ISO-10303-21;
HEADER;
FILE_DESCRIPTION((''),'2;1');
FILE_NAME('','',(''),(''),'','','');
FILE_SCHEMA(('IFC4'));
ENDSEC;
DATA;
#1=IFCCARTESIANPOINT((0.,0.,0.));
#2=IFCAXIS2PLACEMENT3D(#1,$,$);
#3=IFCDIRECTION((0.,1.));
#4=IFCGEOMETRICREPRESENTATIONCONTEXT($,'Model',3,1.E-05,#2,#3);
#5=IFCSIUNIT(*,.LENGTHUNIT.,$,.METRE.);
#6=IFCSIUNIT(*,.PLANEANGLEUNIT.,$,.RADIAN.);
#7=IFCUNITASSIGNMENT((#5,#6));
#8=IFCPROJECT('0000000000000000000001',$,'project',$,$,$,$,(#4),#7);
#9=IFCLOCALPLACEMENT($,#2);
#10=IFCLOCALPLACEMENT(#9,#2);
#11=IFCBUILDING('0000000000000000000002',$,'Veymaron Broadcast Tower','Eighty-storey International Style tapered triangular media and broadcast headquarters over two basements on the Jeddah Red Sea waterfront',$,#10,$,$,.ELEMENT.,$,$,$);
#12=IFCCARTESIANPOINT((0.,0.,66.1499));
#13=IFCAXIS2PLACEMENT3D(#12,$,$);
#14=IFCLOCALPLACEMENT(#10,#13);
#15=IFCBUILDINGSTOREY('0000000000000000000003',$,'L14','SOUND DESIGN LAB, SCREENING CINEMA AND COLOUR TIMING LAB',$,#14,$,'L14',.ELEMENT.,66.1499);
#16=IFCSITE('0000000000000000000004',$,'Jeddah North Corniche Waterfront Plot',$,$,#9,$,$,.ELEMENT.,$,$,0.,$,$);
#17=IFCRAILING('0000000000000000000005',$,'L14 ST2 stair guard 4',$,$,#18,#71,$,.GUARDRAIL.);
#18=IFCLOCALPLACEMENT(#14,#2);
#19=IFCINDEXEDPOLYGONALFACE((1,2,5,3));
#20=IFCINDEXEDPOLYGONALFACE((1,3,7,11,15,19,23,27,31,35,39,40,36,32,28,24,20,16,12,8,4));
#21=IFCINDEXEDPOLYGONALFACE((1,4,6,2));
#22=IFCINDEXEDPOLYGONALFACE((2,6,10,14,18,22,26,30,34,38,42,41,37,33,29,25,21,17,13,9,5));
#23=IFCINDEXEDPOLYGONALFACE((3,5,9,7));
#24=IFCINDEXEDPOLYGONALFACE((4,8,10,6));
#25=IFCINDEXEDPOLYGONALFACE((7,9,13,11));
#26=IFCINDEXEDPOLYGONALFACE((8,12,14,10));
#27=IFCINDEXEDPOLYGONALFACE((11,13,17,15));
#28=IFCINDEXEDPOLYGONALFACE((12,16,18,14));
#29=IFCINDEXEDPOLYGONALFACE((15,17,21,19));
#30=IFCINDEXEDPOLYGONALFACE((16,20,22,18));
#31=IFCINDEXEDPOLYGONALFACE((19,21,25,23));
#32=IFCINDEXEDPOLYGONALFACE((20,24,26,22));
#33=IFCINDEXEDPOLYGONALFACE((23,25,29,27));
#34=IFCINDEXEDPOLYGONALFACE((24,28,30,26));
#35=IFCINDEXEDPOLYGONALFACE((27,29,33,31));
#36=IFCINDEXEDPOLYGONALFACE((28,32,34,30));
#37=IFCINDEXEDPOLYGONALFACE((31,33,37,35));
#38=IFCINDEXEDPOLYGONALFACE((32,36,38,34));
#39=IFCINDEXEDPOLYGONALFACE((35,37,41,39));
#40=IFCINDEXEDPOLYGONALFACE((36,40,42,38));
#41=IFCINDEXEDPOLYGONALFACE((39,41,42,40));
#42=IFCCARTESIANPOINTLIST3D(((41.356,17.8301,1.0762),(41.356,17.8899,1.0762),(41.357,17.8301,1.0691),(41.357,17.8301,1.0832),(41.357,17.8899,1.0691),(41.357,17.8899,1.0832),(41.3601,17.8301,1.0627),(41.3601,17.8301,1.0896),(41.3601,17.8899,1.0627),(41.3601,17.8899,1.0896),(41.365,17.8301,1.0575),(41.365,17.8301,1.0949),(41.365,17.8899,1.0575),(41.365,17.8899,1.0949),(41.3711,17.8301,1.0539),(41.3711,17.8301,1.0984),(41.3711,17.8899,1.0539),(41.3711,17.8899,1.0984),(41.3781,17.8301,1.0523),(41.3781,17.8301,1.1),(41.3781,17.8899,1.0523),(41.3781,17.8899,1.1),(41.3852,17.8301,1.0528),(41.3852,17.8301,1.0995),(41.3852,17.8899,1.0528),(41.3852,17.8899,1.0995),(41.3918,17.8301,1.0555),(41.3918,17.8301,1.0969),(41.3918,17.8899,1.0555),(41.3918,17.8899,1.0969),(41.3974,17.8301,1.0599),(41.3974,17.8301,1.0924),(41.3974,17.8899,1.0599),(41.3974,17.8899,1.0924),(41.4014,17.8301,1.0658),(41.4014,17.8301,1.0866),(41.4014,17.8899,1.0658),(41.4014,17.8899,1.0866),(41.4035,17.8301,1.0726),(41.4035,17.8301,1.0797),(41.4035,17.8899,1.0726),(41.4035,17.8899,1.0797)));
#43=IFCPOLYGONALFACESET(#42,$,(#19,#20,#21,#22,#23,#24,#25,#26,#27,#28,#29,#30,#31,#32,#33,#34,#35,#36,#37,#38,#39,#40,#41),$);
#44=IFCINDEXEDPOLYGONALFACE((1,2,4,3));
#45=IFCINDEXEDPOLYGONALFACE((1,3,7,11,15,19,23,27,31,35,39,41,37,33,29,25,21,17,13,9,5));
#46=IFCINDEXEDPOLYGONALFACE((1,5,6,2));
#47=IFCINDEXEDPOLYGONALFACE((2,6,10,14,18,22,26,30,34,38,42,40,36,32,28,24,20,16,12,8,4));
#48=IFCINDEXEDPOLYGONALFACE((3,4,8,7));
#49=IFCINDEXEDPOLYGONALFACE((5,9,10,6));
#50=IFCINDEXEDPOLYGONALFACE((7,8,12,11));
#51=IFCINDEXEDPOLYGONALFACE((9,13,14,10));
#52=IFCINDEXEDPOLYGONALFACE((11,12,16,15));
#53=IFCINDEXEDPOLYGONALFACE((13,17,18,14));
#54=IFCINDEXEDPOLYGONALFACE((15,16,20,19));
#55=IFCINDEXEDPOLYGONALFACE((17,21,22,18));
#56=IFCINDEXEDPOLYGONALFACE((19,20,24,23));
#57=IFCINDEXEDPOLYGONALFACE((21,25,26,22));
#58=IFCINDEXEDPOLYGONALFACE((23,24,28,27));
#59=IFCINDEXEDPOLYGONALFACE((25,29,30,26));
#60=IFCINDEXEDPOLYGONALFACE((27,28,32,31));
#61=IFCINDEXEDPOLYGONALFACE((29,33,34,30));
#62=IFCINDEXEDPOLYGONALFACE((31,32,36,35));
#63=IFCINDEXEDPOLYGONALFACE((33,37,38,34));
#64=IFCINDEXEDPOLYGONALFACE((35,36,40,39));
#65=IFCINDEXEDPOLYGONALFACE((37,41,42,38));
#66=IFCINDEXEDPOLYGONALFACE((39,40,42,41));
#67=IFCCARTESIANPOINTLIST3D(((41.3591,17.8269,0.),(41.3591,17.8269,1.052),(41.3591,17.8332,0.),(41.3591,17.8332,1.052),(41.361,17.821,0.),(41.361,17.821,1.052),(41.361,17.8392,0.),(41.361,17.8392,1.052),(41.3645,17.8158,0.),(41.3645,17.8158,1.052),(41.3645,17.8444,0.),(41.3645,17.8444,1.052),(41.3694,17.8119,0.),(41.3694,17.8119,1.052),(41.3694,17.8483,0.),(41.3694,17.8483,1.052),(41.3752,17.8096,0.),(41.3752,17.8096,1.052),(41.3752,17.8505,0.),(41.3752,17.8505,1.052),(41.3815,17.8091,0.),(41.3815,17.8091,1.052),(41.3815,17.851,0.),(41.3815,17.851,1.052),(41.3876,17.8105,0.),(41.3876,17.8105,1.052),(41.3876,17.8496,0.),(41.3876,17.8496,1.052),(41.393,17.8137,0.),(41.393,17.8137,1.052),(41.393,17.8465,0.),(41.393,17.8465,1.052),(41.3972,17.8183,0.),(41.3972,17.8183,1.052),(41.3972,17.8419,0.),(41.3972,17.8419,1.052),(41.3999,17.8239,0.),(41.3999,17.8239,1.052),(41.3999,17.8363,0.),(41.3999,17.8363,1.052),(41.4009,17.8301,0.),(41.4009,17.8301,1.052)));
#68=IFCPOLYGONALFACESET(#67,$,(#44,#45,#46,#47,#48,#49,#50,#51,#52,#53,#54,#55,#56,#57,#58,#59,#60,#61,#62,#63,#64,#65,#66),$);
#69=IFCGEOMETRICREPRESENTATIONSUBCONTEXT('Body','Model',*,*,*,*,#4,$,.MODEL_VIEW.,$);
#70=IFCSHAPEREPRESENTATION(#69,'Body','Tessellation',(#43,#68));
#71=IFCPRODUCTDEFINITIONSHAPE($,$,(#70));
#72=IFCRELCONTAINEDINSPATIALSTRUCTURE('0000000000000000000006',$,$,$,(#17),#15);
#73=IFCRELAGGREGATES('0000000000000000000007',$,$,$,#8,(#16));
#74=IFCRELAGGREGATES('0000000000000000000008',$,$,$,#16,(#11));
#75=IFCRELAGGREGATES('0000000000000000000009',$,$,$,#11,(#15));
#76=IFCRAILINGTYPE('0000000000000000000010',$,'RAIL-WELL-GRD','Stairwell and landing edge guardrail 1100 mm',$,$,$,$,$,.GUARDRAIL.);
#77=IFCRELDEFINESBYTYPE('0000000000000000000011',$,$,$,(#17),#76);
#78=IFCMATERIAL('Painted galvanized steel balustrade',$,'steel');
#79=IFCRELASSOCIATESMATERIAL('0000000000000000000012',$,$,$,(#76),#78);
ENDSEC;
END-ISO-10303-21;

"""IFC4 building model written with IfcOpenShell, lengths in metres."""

from ifc_helpers import new_model, si_unit, direction, frame, origin, origin_2d, place, context, subcontext, project, spatial, circle, extrude, material, type_object, element, save


model = new_model("IFC4")

# Units and contexts
model_context = context("Model", 3, precision=1e-05, world=origin(), true_north=direction((0.0, 1.0)))
body_context = subcontext(model_context, "Body", "Model", "MODEL_VIEW")
ifc_project = project(units=[si_unit("LENGTHUNIT", "METRE"), si_unit("PLANEANGLEUNIT", "RADIAN")], contexts=[model_context])

# Site, building, storey
site_placement = place(None, origin())
site = spatial("IfcSite", under=ifc_project, at=site_placement, Name="Jeddah North Corniche Waterfront Plot", CompositionType="ELEMENT", RefElevation=0.0)
building_placement = place(site_placement, origin())
building = spatial("IfcBuilding", under=site, at=building_placement, Name="Veymaron Broadcast Tower", Description="Eighty-storey International Style tapered triangular media and broadcast headquarters over two basements on the Jeddah Red Sea waterfront", CompositionType="ELEMENT")
storey_placement = place(building_placement, frame((0.0, 0.0, 66.1499)))
storey = spatial("IfcBuildingStorey", under=building, at=storey_placement, Name="L14", Description="SOUND DESIGN LAB, SCREENING CINEMA AND COLOUR TIMING LAB", LongName="L14", CompositionType="ELEMENT", Elevation=66.1499)

# Railing
ifc_material_1 = material(Name="Painted galvanized steel balustrade", Category="steel")
railing_type_1 = type_object("IfcRailingType", Name="RAIL-WELL-GRD", Description="Stairwell and landing edge guardrail 1100 mm", PredefinedType="GUARDRAIL", material=ifc_material_1)
railing_1_placement = place(storey_placement, frame((41.3799, 17.8301, 0.0)))
element("IfcRailing", 1, at=railing_1_placement, inside=storey, type_object=railing_type_1, Name="L14 ST2 stair guard 4", PredefinedType="GUARDRAIL", context=body_context, shape_type="SweptSolid", body=[
    extrude(circle(Radius=0.0239, at=origin_2d()), frame((0.0, 0.0, 1.0762), z_axis=(0.0, 1.0, 0.0), x_axis=(-1.0, 0.0, 0.0)), (0.0, 0.0, 1.0), 0.0598),
    extrude(circle(Radius=0.021, at=origin_2d()), origin(), (0.0, 0.0, 1.0), 1.052),
])

save(model, "model.ifc")
